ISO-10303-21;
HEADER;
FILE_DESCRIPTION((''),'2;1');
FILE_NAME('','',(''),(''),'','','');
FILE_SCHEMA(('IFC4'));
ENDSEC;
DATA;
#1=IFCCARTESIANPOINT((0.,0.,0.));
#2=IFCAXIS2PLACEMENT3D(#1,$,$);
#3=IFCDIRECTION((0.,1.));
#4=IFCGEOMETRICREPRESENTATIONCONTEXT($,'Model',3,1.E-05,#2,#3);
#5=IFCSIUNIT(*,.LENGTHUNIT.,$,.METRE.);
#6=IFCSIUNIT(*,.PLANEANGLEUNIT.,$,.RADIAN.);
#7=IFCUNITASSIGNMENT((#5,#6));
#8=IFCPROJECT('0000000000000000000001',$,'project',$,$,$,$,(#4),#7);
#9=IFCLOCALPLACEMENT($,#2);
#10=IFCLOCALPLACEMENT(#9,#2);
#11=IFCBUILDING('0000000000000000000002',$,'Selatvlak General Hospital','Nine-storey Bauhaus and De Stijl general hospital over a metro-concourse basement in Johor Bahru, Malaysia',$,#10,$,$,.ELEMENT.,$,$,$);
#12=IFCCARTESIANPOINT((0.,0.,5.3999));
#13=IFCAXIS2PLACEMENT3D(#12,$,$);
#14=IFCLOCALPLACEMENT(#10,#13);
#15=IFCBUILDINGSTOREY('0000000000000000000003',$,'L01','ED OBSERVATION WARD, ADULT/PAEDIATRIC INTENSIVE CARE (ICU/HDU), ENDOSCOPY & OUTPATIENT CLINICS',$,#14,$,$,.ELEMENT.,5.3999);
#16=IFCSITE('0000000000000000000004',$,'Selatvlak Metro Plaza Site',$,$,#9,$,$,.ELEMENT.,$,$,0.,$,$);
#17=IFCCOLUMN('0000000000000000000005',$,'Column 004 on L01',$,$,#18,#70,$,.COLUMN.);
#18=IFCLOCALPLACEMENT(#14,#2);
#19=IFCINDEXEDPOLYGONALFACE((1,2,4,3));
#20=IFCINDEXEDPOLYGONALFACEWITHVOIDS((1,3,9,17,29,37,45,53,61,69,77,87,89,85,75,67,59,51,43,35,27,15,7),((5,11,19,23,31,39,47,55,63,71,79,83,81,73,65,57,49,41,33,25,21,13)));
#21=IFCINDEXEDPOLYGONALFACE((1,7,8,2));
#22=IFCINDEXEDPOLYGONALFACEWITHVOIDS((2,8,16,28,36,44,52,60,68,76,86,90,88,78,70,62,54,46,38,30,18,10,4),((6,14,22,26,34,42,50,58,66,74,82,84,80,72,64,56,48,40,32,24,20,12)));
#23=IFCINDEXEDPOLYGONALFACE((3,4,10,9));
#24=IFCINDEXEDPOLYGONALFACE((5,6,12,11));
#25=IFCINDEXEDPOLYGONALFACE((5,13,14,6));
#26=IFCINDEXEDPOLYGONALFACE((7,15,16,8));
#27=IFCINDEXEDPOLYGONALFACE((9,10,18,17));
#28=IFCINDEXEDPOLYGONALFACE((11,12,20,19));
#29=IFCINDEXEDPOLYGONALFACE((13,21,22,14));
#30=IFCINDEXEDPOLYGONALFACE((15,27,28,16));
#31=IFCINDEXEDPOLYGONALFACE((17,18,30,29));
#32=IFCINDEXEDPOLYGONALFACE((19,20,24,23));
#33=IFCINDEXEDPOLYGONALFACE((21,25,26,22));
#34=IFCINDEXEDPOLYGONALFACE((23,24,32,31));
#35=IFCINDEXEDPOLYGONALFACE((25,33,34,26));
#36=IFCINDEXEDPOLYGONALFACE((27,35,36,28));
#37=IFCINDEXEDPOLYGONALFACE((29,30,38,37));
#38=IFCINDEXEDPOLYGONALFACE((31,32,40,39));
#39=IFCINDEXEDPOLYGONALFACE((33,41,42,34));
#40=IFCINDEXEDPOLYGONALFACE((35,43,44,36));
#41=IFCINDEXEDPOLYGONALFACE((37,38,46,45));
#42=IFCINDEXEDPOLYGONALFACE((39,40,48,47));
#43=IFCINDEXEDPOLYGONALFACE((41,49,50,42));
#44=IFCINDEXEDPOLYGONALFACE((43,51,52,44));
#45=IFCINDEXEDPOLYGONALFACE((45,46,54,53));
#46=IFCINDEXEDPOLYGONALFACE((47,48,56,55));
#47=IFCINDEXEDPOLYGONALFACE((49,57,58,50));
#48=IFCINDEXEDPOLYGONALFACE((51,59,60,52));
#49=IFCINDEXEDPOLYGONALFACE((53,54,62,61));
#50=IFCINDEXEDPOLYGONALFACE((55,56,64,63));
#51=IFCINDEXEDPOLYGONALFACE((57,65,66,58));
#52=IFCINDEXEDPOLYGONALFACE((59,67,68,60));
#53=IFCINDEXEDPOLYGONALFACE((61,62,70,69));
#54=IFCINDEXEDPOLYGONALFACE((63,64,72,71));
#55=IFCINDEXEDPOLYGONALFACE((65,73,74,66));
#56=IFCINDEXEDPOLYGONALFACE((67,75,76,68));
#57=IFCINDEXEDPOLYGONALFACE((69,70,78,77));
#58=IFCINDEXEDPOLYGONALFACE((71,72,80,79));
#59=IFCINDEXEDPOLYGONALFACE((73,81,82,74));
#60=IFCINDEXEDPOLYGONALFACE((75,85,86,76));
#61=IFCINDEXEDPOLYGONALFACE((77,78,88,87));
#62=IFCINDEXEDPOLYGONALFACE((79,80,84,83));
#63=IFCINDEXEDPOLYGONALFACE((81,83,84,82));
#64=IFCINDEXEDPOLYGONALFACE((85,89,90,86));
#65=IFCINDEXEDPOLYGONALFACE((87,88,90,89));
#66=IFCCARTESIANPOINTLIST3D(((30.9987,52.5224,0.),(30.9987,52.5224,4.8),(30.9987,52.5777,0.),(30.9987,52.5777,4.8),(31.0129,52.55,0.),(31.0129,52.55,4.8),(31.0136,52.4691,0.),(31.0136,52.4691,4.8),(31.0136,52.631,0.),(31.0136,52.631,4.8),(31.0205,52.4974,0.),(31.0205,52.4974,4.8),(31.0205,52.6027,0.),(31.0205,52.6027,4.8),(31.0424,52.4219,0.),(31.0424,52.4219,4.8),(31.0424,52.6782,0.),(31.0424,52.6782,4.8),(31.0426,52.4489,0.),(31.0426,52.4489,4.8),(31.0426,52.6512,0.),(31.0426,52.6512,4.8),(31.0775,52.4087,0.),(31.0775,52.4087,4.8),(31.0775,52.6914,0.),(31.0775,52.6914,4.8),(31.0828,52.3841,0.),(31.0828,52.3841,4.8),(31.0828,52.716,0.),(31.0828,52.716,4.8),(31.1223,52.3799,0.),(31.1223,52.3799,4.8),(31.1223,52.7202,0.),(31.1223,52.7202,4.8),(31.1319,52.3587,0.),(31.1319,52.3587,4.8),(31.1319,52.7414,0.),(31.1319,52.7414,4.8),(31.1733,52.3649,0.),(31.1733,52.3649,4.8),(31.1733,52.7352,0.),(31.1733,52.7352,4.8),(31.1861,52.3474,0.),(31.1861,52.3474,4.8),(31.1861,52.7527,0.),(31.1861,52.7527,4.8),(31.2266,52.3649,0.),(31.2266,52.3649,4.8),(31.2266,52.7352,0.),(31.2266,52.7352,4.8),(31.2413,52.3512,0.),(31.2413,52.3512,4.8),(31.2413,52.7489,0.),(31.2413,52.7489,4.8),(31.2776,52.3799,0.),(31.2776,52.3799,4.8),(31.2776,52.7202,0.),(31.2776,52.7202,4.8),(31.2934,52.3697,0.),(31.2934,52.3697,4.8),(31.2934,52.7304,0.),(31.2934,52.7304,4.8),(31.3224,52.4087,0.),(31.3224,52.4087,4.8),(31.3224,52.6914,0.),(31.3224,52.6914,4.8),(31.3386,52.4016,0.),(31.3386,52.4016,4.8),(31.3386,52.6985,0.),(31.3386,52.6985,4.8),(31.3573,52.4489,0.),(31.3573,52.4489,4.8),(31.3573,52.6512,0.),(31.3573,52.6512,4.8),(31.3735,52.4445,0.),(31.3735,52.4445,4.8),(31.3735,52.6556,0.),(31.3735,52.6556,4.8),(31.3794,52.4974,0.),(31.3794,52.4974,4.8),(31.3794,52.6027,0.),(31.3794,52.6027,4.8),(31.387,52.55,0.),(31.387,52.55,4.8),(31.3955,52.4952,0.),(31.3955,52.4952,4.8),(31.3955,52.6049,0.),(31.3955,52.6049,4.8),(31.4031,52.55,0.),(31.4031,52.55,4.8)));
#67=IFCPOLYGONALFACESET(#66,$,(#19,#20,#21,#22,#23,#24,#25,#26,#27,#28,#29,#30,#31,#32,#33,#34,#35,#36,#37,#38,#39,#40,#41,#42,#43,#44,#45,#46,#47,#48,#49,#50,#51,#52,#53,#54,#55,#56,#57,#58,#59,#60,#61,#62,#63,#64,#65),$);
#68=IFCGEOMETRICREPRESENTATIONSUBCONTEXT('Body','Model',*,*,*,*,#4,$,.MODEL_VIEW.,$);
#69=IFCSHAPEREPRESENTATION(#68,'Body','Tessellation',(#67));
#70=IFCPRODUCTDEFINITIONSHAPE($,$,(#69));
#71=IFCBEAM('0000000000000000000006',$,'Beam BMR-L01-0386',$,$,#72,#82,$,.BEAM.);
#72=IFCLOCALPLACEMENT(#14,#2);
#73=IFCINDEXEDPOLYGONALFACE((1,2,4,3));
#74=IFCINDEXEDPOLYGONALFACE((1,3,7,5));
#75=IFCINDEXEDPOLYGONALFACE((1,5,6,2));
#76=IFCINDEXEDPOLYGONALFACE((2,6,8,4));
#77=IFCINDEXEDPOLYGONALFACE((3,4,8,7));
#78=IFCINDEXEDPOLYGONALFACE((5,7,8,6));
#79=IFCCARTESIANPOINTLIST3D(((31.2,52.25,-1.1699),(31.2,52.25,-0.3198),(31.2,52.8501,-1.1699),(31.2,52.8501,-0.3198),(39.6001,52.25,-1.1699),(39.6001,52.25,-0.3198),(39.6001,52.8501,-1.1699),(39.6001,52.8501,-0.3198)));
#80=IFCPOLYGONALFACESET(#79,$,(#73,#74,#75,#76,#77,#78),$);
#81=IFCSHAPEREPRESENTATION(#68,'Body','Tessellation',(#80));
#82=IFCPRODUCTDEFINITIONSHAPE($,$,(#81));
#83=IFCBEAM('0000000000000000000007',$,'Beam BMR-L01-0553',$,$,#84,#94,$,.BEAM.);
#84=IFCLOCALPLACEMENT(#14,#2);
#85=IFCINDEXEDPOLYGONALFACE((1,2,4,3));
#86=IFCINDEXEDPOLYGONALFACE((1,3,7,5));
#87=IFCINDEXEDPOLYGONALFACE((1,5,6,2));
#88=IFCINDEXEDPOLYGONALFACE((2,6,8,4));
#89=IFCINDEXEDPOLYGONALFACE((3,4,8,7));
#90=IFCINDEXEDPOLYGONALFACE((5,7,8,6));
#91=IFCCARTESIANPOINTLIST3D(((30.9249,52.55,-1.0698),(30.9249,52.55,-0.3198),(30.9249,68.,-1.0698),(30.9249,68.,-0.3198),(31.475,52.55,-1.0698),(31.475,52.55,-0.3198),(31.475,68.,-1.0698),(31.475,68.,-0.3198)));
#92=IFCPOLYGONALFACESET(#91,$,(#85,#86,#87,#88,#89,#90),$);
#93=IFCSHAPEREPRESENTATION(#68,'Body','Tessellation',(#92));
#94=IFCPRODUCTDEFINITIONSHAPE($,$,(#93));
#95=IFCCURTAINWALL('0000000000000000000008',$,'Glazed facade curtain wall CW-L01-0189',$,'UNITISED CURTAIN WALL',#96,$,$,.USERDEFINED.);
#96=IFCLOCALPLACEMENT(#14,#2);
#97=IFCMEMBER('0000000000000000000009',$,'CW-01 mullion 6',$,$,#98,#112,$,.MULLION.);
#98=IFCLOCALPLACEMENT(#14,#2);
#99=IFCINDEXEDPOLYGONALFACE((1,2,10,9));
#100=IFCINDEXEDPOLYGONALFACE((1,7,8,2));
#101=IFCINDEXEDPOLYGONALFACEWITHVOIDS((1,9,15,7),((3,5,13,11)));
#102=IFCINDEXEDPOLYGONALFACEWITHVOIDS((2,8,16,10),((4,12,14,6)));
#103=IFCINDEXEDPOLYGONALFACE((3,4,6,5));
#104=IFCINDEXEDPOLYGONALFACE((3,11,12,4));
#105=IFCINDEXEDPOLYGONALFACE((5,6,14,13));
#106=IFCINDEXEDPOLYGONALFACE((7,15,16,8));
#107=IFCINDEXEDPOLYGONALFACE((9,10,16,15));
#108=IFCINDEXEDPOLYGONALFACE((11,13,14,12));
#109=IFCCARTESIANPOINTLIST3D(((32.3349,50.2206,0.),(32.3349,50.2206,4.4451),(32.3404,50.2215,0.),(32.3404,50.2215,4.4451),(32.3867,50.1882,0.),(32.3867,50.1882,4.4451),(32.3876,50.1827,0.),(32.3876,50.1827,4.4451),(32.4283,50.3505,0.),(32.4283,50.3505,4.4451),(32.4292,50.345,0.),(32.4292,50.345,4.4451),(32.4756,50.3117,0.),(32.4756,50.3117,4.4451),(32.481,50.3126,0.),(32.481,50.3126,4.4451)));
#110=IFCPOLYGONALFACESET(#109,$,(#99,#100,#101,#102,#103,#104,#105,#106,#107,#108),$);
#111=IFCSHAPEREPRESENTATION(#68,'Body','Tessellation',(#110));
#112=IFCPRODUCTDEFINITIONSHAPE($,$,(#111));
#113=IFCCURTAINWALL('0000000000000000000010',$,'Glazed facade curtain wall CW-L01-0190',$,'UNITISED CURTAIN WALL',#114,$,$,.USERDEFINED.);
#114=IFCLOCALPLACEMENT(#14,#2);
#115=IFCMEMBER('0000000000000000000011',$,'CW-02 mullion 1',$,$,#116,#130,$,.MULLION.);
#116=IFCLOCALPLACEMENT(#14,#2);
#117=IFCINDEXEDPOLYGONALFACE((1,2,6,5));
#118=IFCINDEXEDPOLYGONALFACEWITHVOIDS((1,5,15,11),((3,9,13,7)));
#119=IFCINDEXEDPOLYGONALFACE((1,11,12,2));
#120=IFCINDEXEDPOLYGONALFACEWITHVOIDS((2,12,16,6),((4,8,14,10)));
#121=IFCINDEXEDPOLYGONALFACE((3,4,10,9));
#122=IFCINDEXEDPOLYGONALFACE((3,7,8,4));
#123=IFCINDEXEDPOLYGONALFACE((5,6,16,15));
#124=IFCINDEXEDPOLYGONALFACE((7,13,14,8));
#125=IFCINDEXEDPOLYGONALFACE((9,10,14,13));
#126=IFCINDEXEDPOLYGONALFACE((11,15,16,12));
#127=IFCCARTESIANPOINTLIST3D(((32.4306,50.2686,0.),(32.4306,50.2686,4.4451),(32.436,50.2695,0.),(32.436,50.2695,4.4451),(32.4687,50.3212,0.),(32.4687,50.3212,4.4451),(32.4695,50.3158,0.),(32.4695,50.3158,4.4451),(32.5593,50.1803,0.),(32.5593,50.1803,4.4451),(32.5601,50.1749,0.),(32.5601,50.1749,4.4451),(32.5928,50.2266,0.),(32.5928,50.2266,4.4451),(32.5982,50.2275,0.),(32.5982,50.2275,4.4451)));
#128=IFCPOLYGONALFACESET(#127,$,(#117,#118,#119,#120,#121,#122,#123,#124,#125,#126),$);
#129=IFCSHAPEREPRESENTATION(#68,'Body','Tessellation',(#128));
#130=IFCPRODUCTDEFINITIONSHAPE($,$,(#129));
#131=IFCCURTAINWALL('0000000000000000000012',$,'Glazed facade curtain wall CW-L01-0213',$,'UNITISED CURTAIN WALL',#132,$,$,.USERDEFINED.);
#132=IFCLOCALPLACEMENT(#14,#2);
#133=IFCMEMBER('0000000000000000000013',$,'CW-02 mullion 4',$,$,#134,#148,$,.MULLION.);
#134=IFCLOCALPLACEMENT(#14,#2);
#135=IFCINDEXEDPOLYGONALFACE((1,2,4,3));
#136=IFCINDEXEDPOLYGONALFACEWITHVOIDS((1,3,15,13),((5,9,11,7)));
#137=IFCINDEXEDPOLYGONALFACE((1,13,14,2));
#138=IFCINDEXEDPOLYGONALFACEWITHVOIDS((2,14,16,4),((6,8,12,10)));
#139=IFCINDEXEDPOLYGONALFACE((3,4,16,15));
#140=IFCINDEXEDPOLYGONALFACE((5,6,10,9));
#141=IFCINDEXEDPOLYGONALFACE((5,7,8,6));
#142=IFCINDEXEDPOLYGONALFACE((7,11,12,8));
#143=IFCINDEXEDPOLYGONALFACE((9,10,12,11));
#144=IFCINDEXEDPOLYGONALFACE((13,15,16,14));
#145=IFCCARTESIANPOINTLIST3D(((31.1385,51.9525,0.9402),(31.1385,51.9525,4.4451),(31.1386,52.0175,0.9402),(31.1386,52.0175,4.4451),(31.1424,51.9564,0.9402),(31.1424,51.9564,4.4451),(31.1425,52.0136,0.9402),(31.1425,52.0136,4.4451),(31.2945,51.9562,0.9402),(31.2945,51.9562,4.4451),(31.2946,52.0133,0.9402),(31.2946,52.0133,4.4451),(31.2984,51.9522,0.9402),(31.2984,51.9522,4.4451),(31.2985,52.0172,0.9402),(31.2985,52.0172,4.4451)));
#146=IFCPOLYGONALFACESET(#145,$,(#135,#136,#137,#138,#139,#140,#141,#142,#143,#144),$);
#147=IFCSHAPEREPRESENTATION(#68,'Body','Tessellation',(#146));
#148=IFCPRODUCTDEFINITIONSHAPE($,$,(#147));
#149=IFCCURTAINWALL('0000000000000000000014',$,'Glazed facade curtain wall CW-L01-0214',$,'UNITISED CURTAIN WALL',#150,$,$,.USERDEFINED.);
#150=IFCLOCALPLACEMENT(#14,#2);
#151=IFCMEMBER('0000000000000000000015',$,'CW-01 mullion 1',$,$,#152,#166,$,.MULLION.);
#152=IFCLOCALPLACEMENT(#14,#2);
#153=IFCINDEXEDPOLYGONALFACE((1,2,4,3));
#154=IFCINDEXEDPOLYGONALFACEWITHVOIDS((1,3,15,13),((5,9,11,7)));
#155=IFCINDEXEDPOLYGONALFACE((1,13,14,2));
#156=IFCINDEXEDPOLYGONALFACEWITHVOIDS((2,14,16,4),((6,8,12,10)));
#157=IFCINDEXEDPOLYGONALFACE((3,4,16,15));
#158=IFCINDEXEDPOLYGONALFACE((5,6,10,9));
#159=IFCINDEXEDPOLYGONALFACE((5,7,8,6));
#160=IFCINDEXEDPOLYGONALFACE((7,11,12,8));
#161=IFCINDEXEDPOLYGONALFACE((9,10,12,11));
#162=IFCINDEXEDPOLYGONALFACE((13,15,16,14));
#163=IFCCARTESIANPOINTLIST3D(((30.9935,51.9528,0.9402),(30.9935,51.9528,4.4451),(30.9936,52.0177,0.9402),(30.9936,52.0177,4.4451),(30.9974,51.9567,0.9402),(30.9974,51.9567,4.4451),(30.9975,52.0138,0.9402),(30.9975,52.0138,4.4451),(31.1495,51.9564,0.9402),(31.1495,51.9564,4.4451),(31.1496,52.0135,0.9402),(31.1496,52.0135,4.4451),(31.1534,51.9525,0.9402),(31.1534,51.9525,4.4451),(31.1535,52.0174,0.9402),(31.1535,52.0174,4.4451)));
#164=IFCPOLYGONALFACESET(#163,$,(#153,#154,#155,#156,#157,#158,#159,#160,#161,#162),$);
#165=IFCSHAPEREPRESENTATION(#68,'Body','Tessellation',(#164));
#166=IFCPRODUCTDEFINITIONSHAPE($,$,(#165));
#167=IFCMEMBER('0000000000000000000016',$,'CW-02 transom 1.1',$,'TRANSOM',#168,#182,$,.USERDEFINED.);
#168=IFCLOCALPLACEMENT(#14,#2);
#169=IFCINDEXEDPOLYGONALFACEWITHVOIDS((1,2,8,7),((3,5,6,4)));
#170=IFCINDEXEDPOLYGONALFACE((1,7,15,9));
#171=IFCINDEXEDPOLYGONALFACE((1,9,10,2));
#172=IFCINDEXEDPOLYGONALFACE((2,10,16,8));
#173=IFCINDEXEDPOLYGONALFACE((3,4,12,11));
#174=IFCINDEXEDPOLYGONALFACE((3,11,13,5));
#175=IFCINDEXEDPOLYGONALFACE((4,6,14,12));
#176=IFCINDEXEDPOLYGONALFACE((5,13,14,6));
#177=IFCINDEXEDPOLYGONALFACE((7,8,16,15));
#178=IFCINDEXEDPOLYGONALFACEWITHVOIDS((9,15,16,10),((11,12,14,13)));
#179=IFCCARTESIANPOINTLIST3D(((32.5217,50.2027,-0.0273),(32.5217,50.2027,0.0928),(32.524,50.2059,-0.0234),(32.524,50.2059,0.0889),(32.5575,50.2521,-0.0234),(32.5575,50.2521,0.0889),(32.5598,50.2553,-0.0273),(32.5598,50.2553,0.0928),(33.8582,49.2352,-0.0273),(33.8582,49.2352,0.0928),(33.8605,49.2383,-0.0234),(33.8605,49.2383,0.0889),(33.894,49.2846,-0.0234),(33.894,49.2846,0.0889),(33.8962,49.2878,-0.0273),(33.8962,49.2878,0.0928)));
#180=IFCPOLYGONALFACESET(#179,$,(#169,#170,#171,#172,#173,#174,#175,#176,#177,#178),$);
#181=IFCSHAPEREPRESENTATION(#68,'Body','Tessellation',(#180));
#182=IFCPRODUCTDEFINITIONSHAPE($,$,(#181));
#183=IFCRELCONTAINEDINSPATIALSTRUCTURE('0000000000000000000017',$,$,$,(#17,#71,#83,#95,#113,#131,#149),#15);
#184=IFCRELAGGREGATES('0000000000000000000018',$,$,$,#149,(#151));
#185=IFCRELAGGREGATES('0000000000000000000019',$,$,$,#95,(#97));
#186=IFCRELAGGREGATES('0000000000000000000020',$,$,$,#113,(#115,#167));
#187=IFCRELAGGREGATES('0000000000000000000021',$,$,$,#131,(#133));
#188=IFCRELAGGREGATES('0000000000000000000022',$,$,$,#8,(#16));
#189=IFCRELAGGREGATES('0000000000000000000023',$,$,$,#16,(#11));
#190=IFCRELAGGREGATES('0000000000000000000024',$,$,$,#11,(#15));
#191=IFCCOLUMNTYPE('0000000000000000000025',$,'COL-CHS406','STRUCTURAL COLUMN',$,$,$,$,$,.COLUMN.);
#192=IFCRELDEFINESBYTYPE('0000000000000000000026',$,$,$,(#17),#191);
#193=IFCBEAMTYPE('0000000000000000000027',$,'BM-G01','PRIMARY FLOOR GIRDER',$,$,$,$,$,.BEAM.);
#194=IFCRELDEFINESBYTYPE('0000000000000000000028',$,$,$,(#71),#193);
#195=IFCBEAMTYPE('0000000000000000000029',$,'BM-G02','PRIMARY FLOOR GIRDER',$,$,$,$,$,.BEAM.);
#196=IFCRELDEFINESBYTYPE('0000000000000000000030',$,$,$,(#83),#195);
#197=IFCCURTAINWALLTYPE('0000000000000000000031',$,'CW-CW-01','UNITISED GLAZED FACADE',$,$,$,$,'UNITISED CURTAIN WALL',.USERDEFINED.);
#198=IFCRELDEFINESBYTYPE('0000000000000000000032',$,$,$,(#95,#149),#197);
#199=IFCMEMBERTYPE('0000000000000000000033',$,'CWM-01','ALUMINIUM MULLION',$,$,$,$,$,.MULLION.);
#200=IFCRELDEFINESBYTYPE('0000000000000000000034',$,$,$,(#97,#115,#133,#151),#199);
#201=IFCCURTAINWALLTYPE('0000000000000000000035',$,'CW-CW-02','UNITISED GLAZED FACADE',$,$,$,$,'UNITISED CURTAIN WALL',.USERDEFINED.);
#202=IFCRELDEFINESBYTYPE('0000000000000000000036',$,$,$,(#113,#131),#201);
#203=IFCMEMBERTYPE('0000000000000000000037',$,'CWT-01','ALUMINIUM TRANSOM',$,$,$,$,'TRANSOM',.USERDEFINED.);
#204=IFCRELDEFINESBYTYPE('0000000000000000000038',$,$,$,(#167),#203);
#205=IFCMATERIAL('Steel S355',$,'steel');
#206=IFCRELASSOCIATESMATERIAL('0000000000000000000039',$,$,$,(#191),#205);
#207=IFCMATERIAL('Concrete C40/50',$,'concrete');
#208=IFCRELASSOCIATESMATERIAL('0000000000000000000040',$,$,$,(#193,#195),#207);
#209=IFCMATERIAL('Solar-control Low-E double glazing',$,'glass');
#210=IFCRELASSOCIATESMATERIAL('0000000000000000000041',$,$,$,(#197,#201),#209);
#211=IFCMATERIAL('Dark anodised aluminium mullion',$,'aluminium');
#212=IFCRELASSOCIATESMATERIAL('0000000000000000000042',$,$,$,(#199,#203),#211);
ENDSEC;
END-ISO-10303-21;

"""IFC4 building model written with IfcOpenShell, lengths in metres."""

from ifc_helpers import new_model, si_unit, direction, frame, origin, origin_2d, place, context, subcontext, project, spatial, rectangle, hollow_rectangle, hollow_circle, extrude, material, material_profile, profile_set, type_object, element, aggregate, save


model = new_model("IFC4")

# Units and contexts
model_context = context("Model", 3, precision=1e-05, world=origin(), true_north=direction((0.0, 1.0)))
body_context = subcontext(model_context, "Body", "Model", "MODEL_VIEW")
ifc_project = project(units=[si_unit("LENGTHUNIT", "METRE"), si_unit("PLANEANGLEUNIT", "RADIAN")], contexts=[model_context])

# Site, building, storey
site_placement = place(None, origin())
site = spatial("IfcSite", under=ifc_project, at=site_placement, Name="Selatvlak Metro Plaza Site", CompositionType="ELEMENT", RefElevation=0.0)
building_placement = place(site_placement, origin())
building = spatial("IfcBuilding", under=site, at=building_placement, Name="Selatvlak General Hospital", Description="Nine-storey Bauhaus and De Stijl general hospital over a metro-concourse basement in Johor Bahru, Malaysia", CompositionType="ELEMENT")
storey_placement = place(building_placement, frame((0.0, 0.0, 5.3999)))
storey = spatial("IfcBuildingStorey", under=building, at=storey_placement, Name="L01", Description="ED OBSERVATION WARD, ADULT/PAEDIATRIC INTENSIVE CARE (ICU/HDU), ENDOSCOPY & OUTPATIENT CLINICS", CompositionType="ELEMENT", Elevation=5.3999)

# Column
ifc_material_1 = material(Name="Steel S355", Category="steel")
ifc_material_profile_1 = material_profile(ifc_material_1, hollow_circle(Radius=0.2031, WallThickness=0.0161, at=origin_2d()), Name="CHS 406.4x16")
ifc_profile_set_1 = profile_set([ifc_material_profile_1], Name="Steel S355")
column_type = type_object("IfcColumnType", Name="COL-CHS406", Description="STRUCTURAL COLUMN", PredefinedType="COLUMN", material=ifc_profile_set_1)
column_placement = place(storey_placement, frame((31.2, 52.55, 0.0), z_axis=(0.0, 0.0, 1.0), x_axis=(1.0, 0.0, 0.0)))
element("IfcColumn", 1, at=column_placement, inside=storey, type_object=column_type, Name="Column 004 on L01", PredefinedType="COLUMN", context=body_context, shape_type="SweptSolid", body=[
    extrude(hollow_circle(Radius=0.2031, WallThickness=0.0161, at=origin_2d()), origin(), (0.0, 0.0, 1.0), 4.8),
])

# Beams
ifc_material_2 = material(Name="Concrete C40/50", Category="concrete")
ifc_material_profile_2 = material_profile(ifc_material_2, rectangle(XDim=0.6001, YDim=0.8501, at=origin_2d()), Name="RC-BM 600x850")
ifc_profile_set_2 = profile_set([ifc_material_profile_2], Name="Concrete C40/50")
beam_type_1 = type_object("IfcBeamType", Name="BM-G01", Description="PRIMARY FLOOR GIRDER", PredefinedType="BEAM", material=ifc_profile_set_2)
beam_1_placement = place(storey_placement, frame((31.2, 52.55, -0.7449), z_axis=(1.0, 0.0, 0.0), x_axis=(0.0, 1.0, 0.0)))
element("IfcBeam", 2, at=beam_1_placement, inside=storey, type_object=beam_type_1, Name="Beam BMR-L01-0386", PredefinedType="BEAM", context=body_context, shape_type="SweptSolid", body=[
    extrude(rectangle(XDim=0.6001, YDim=0.8501, at=origin_2d()), origin(), (0.0, 0.0, 1.0), 8.4001),
])
ifc_material_profile_3 = material_profile(ifc_material_2, rectangle(XDim=0.55, YDim=0.75, at=origin_2d()), Name="RC-BM 550x750")
ifc_profile_set_3 = profile_set([ifc_material_profile_3], Name="Concrete C40/50")
beam_type_2 = type_object("IfcBeamType", Name="BM-G02", Description="PRIMARY FLOOR GIRDER", PredefinedType="BEAM", material=ifc_profile_set_3)
beam_2_placement = place(storey_placement, frame((31.2, 52.55, -0.6948), z_axis=(0.0, 1.0, 0.0), x_axis=(-1.0, 0.0, 0.0)))
element("IfcBeam", 3, at=beam_2_placement, inside=storey, type_object=beam_type_2, Name="Beam BMR-L01-0553", PredefinedType="BEAM", context=body_context, shape_type="SweptSolid", body=[
    extrude(rectangle(XDim=0.55, YDim=0.75, at=origin_2d()), origin(), (0.0, 0.0, 1.0), 15.45),
])

# Curtain walls, members
ifc_material_3 = material(Name="Solar-control Low-E double glazing", Category="glass")
curtain_wall_type_1 = type_object("IfcCurtainWallType", Name="CW-CW-01", Description="UNITISED GLAZED FACADE", ElementType="UNITISED CURTAIN WALL", PredefinedType="USERDEFINED", material=ifc_material_3)
curtain_wall_1_placement = place(storey_placement, origin())
curtain_wall_1 = element("IfcCurtainWall", 4, at=curtain_wall_1_placement, inside=storey, type_object=curtain_wall_type_1, Name="Glazed facade curtain wall CW-L01-0189", ObjectType="UNITISED CURTAIN WALL", PredefinedType="USERDEFINED")
ifc_material_4 = material(Name="Dark anodised aluminium mullion", Category="aluminium")
ifc_material_profile_4 = material_profile(ifc_material_4, hollow_rectangle(XDim=0.0649, YDim=0.1599, WallThickness=0.0039, at=origin_2d()), Name="AL-MUL 65x160x4")
ifc_profile_set_4 = profile_set([ifc_material_profile_4], Name="Dark anodised aluminium mullion")
member_type_1 = type_object("IfcMemberType", Name="CWM-01", Description="ALUMINIUM MULLION", PredefinedType="MULLION", material=ifc_profile_set_4)
member_1_placement = place(storey_placement, frame((32.408, 50.2666, 0.0), z_axis=(0.0, 0.0, 1.0), x_axis=(-0.811837, 0.583884, 0.0)))
member_1 = element("IfcMember", 5, at=member_1_placement, type_object=member_type_1, Name="CW-01 mullion 6", PredefinedType="MULLION", context=body_context, shape_type="SweptSolid", body=[
    extrude(hollow_rectangle(XDim=0.0649, YDim=0.1599, WallThickness=0.0039, at=origin_2d()), origin(), (0.0, 0.0, 1.0), 4.4451),
])
curtain_wall_type_2 = type_object("IfcCurtainWallType", Name="CW-CW-02", Description="UNITISED GLAZED FACADE", ElementType="UNITISED CURTAIN WALL", PredefinedType="USERDEFINED", material=ifc_material_3)
curtain_wall_2_placement = place(storey_placement, origin())
curtain_wall_2 = element("IfcCurtainWall", 6, at=curtain_wall_2_placement, inside=storey, type_object=curtain_wall_type_2, Name="Glazed facade curtain wall CW-L01-0190", ObjectType="UNITISED CURTAIN WALL", PredefinedType="USERDEFINED")
member_2_placement = place(storey_placement, frame((32.5144, 50.248, 0.0), z_axis=(0.0, 0.0, 1.0), x_axis=(0.586316, 0.810083, 0.0)))
member_2 = element("IfcMember", 7, at=member_2_placement, type_object=member_type_1, Name="CW-02 mullion 1", PredefinedType="MULLION", context=body_context, shape_type="SweptSolid", body=[
    extrude(hollow_rectangle(XDim=0.0649, YDim=0.1599, WallThickness=0.0039, at=origin_2d()), origin(), (0.0, 0.0, 1.0), 4.4451),
])
curtain_wall_3_placement = place(storey_placement, origin())
curtain_wall_3 = element("IfcCurtainWall", 8, at=curtain_wall_3_placement, inside=storey, type_object=curtain_wall_type_2, Name="Glazed facade curtain wall CW-L01-0213", ObjectType="UNITISED CURTAIN WALL", PredefinedType="USERDEFINED")
member_3_placement = place(storey_placement, frame((31.2185, 51.9849, 0.9402), z_axis=(0.0, 0.0, 1.0), x_axis=(-0.001811, -0.999998, 0.0)))
member_3 = element("IfcMember", 9, at=member_3_placement, type_object=member_type_1, Name="CW-02 mullion 4", PredefinedType="MULLION", context=body_context, shape_type="SweptSolid", body=[
    extrude(hollow_rectangle(XDim=0.0649, YDim=0.1599, WallThickness=0.0039, at=origin_2d()), origin(), (0.0, 0.0, 1.0), 3.5049),
])
curtain_wall_4_placement = place(storey_placement, origin())
curtain_wall_4 = element("IfcCurtainWall", 10, at=curtain_wall_4_placement, inside=storey, type_object=curtain_wall_type_1, Name="Glazed facade curtain wall CW-L01-0214", ObjectType="UNITISED CURTAIN WALL", PredefinedType="USERDEFINED")
member_4_placement = place(storey_placement, frame((31.0735, 51.9851, 0.9402), z_axis=(0.0, 0.0, 1.0), x_axis=(-0.001811, -0.999998, 0.0)))
member_4 = element("IfcMember", 11, at=member_4_placement, type_object=member_type_1, Name="CW-01 mullion 1", PredefinedType="MULLION", context=body_context, shape_type="SweptSolid", body=[
    extrude(hollow_rectangle(XDim=0.0649, YDim=0.1599, WallThickness=0.0039, at=origin_2d()), origin(), (0.0, 0.0, 1.0), 3.5049),
])

# Member
ifc_material_profile_5 = material_profile(ifc_material_4, hollow_rectangle(XDim=0.0649, YDim=0.1201, WallThickness=0.0039, at=origin_2d()), Name="AL-TRN 65x120x4")
ifc_profile_set_5 = profile_set([ifc_material_profile_5], Name="Dark anodised aluminium mullion")
member_type_2 = type_object("IfcMemberType", Name="CWT-01", Description="ALUMINIUM TRANSOM", ElementType="TRANSOM", PredefinedType="USERDEFINED", material=ifc_profile_set_5)
member_5_placement = place(storey_placement, frame((32.5408, 50.229, 0.0327), z_axis=(0.810008, -0.586419, 0.0), x_axis=(0.586419, 0.810008, 0.0)))
member_5 = element("IfcMember", 12, at=member_5_placement, type_object=member_type_2, Name="CW-02 transom 1.1", ObjectType="TRANSOM", PredefinedType="USERDEFINED", context=body_context, shape_type="SweptSolid", body=[
    extrude(hollow_rectangle(XDim=0.0649, YDim=0.1201, WallThickness=0.0039, at=origin_2d()), origin(), (0.0, 0.0, 1.0), 1.6499),
])
aggregate(curtain_wall_4, [member_4])

aggregate(curtain_wall_1, [member_1])
aggregate(curtain_wall_2, [member_2, member_5])
aggregate(curtain_wall_3, [member_3])

save(model, "model.ifc")
